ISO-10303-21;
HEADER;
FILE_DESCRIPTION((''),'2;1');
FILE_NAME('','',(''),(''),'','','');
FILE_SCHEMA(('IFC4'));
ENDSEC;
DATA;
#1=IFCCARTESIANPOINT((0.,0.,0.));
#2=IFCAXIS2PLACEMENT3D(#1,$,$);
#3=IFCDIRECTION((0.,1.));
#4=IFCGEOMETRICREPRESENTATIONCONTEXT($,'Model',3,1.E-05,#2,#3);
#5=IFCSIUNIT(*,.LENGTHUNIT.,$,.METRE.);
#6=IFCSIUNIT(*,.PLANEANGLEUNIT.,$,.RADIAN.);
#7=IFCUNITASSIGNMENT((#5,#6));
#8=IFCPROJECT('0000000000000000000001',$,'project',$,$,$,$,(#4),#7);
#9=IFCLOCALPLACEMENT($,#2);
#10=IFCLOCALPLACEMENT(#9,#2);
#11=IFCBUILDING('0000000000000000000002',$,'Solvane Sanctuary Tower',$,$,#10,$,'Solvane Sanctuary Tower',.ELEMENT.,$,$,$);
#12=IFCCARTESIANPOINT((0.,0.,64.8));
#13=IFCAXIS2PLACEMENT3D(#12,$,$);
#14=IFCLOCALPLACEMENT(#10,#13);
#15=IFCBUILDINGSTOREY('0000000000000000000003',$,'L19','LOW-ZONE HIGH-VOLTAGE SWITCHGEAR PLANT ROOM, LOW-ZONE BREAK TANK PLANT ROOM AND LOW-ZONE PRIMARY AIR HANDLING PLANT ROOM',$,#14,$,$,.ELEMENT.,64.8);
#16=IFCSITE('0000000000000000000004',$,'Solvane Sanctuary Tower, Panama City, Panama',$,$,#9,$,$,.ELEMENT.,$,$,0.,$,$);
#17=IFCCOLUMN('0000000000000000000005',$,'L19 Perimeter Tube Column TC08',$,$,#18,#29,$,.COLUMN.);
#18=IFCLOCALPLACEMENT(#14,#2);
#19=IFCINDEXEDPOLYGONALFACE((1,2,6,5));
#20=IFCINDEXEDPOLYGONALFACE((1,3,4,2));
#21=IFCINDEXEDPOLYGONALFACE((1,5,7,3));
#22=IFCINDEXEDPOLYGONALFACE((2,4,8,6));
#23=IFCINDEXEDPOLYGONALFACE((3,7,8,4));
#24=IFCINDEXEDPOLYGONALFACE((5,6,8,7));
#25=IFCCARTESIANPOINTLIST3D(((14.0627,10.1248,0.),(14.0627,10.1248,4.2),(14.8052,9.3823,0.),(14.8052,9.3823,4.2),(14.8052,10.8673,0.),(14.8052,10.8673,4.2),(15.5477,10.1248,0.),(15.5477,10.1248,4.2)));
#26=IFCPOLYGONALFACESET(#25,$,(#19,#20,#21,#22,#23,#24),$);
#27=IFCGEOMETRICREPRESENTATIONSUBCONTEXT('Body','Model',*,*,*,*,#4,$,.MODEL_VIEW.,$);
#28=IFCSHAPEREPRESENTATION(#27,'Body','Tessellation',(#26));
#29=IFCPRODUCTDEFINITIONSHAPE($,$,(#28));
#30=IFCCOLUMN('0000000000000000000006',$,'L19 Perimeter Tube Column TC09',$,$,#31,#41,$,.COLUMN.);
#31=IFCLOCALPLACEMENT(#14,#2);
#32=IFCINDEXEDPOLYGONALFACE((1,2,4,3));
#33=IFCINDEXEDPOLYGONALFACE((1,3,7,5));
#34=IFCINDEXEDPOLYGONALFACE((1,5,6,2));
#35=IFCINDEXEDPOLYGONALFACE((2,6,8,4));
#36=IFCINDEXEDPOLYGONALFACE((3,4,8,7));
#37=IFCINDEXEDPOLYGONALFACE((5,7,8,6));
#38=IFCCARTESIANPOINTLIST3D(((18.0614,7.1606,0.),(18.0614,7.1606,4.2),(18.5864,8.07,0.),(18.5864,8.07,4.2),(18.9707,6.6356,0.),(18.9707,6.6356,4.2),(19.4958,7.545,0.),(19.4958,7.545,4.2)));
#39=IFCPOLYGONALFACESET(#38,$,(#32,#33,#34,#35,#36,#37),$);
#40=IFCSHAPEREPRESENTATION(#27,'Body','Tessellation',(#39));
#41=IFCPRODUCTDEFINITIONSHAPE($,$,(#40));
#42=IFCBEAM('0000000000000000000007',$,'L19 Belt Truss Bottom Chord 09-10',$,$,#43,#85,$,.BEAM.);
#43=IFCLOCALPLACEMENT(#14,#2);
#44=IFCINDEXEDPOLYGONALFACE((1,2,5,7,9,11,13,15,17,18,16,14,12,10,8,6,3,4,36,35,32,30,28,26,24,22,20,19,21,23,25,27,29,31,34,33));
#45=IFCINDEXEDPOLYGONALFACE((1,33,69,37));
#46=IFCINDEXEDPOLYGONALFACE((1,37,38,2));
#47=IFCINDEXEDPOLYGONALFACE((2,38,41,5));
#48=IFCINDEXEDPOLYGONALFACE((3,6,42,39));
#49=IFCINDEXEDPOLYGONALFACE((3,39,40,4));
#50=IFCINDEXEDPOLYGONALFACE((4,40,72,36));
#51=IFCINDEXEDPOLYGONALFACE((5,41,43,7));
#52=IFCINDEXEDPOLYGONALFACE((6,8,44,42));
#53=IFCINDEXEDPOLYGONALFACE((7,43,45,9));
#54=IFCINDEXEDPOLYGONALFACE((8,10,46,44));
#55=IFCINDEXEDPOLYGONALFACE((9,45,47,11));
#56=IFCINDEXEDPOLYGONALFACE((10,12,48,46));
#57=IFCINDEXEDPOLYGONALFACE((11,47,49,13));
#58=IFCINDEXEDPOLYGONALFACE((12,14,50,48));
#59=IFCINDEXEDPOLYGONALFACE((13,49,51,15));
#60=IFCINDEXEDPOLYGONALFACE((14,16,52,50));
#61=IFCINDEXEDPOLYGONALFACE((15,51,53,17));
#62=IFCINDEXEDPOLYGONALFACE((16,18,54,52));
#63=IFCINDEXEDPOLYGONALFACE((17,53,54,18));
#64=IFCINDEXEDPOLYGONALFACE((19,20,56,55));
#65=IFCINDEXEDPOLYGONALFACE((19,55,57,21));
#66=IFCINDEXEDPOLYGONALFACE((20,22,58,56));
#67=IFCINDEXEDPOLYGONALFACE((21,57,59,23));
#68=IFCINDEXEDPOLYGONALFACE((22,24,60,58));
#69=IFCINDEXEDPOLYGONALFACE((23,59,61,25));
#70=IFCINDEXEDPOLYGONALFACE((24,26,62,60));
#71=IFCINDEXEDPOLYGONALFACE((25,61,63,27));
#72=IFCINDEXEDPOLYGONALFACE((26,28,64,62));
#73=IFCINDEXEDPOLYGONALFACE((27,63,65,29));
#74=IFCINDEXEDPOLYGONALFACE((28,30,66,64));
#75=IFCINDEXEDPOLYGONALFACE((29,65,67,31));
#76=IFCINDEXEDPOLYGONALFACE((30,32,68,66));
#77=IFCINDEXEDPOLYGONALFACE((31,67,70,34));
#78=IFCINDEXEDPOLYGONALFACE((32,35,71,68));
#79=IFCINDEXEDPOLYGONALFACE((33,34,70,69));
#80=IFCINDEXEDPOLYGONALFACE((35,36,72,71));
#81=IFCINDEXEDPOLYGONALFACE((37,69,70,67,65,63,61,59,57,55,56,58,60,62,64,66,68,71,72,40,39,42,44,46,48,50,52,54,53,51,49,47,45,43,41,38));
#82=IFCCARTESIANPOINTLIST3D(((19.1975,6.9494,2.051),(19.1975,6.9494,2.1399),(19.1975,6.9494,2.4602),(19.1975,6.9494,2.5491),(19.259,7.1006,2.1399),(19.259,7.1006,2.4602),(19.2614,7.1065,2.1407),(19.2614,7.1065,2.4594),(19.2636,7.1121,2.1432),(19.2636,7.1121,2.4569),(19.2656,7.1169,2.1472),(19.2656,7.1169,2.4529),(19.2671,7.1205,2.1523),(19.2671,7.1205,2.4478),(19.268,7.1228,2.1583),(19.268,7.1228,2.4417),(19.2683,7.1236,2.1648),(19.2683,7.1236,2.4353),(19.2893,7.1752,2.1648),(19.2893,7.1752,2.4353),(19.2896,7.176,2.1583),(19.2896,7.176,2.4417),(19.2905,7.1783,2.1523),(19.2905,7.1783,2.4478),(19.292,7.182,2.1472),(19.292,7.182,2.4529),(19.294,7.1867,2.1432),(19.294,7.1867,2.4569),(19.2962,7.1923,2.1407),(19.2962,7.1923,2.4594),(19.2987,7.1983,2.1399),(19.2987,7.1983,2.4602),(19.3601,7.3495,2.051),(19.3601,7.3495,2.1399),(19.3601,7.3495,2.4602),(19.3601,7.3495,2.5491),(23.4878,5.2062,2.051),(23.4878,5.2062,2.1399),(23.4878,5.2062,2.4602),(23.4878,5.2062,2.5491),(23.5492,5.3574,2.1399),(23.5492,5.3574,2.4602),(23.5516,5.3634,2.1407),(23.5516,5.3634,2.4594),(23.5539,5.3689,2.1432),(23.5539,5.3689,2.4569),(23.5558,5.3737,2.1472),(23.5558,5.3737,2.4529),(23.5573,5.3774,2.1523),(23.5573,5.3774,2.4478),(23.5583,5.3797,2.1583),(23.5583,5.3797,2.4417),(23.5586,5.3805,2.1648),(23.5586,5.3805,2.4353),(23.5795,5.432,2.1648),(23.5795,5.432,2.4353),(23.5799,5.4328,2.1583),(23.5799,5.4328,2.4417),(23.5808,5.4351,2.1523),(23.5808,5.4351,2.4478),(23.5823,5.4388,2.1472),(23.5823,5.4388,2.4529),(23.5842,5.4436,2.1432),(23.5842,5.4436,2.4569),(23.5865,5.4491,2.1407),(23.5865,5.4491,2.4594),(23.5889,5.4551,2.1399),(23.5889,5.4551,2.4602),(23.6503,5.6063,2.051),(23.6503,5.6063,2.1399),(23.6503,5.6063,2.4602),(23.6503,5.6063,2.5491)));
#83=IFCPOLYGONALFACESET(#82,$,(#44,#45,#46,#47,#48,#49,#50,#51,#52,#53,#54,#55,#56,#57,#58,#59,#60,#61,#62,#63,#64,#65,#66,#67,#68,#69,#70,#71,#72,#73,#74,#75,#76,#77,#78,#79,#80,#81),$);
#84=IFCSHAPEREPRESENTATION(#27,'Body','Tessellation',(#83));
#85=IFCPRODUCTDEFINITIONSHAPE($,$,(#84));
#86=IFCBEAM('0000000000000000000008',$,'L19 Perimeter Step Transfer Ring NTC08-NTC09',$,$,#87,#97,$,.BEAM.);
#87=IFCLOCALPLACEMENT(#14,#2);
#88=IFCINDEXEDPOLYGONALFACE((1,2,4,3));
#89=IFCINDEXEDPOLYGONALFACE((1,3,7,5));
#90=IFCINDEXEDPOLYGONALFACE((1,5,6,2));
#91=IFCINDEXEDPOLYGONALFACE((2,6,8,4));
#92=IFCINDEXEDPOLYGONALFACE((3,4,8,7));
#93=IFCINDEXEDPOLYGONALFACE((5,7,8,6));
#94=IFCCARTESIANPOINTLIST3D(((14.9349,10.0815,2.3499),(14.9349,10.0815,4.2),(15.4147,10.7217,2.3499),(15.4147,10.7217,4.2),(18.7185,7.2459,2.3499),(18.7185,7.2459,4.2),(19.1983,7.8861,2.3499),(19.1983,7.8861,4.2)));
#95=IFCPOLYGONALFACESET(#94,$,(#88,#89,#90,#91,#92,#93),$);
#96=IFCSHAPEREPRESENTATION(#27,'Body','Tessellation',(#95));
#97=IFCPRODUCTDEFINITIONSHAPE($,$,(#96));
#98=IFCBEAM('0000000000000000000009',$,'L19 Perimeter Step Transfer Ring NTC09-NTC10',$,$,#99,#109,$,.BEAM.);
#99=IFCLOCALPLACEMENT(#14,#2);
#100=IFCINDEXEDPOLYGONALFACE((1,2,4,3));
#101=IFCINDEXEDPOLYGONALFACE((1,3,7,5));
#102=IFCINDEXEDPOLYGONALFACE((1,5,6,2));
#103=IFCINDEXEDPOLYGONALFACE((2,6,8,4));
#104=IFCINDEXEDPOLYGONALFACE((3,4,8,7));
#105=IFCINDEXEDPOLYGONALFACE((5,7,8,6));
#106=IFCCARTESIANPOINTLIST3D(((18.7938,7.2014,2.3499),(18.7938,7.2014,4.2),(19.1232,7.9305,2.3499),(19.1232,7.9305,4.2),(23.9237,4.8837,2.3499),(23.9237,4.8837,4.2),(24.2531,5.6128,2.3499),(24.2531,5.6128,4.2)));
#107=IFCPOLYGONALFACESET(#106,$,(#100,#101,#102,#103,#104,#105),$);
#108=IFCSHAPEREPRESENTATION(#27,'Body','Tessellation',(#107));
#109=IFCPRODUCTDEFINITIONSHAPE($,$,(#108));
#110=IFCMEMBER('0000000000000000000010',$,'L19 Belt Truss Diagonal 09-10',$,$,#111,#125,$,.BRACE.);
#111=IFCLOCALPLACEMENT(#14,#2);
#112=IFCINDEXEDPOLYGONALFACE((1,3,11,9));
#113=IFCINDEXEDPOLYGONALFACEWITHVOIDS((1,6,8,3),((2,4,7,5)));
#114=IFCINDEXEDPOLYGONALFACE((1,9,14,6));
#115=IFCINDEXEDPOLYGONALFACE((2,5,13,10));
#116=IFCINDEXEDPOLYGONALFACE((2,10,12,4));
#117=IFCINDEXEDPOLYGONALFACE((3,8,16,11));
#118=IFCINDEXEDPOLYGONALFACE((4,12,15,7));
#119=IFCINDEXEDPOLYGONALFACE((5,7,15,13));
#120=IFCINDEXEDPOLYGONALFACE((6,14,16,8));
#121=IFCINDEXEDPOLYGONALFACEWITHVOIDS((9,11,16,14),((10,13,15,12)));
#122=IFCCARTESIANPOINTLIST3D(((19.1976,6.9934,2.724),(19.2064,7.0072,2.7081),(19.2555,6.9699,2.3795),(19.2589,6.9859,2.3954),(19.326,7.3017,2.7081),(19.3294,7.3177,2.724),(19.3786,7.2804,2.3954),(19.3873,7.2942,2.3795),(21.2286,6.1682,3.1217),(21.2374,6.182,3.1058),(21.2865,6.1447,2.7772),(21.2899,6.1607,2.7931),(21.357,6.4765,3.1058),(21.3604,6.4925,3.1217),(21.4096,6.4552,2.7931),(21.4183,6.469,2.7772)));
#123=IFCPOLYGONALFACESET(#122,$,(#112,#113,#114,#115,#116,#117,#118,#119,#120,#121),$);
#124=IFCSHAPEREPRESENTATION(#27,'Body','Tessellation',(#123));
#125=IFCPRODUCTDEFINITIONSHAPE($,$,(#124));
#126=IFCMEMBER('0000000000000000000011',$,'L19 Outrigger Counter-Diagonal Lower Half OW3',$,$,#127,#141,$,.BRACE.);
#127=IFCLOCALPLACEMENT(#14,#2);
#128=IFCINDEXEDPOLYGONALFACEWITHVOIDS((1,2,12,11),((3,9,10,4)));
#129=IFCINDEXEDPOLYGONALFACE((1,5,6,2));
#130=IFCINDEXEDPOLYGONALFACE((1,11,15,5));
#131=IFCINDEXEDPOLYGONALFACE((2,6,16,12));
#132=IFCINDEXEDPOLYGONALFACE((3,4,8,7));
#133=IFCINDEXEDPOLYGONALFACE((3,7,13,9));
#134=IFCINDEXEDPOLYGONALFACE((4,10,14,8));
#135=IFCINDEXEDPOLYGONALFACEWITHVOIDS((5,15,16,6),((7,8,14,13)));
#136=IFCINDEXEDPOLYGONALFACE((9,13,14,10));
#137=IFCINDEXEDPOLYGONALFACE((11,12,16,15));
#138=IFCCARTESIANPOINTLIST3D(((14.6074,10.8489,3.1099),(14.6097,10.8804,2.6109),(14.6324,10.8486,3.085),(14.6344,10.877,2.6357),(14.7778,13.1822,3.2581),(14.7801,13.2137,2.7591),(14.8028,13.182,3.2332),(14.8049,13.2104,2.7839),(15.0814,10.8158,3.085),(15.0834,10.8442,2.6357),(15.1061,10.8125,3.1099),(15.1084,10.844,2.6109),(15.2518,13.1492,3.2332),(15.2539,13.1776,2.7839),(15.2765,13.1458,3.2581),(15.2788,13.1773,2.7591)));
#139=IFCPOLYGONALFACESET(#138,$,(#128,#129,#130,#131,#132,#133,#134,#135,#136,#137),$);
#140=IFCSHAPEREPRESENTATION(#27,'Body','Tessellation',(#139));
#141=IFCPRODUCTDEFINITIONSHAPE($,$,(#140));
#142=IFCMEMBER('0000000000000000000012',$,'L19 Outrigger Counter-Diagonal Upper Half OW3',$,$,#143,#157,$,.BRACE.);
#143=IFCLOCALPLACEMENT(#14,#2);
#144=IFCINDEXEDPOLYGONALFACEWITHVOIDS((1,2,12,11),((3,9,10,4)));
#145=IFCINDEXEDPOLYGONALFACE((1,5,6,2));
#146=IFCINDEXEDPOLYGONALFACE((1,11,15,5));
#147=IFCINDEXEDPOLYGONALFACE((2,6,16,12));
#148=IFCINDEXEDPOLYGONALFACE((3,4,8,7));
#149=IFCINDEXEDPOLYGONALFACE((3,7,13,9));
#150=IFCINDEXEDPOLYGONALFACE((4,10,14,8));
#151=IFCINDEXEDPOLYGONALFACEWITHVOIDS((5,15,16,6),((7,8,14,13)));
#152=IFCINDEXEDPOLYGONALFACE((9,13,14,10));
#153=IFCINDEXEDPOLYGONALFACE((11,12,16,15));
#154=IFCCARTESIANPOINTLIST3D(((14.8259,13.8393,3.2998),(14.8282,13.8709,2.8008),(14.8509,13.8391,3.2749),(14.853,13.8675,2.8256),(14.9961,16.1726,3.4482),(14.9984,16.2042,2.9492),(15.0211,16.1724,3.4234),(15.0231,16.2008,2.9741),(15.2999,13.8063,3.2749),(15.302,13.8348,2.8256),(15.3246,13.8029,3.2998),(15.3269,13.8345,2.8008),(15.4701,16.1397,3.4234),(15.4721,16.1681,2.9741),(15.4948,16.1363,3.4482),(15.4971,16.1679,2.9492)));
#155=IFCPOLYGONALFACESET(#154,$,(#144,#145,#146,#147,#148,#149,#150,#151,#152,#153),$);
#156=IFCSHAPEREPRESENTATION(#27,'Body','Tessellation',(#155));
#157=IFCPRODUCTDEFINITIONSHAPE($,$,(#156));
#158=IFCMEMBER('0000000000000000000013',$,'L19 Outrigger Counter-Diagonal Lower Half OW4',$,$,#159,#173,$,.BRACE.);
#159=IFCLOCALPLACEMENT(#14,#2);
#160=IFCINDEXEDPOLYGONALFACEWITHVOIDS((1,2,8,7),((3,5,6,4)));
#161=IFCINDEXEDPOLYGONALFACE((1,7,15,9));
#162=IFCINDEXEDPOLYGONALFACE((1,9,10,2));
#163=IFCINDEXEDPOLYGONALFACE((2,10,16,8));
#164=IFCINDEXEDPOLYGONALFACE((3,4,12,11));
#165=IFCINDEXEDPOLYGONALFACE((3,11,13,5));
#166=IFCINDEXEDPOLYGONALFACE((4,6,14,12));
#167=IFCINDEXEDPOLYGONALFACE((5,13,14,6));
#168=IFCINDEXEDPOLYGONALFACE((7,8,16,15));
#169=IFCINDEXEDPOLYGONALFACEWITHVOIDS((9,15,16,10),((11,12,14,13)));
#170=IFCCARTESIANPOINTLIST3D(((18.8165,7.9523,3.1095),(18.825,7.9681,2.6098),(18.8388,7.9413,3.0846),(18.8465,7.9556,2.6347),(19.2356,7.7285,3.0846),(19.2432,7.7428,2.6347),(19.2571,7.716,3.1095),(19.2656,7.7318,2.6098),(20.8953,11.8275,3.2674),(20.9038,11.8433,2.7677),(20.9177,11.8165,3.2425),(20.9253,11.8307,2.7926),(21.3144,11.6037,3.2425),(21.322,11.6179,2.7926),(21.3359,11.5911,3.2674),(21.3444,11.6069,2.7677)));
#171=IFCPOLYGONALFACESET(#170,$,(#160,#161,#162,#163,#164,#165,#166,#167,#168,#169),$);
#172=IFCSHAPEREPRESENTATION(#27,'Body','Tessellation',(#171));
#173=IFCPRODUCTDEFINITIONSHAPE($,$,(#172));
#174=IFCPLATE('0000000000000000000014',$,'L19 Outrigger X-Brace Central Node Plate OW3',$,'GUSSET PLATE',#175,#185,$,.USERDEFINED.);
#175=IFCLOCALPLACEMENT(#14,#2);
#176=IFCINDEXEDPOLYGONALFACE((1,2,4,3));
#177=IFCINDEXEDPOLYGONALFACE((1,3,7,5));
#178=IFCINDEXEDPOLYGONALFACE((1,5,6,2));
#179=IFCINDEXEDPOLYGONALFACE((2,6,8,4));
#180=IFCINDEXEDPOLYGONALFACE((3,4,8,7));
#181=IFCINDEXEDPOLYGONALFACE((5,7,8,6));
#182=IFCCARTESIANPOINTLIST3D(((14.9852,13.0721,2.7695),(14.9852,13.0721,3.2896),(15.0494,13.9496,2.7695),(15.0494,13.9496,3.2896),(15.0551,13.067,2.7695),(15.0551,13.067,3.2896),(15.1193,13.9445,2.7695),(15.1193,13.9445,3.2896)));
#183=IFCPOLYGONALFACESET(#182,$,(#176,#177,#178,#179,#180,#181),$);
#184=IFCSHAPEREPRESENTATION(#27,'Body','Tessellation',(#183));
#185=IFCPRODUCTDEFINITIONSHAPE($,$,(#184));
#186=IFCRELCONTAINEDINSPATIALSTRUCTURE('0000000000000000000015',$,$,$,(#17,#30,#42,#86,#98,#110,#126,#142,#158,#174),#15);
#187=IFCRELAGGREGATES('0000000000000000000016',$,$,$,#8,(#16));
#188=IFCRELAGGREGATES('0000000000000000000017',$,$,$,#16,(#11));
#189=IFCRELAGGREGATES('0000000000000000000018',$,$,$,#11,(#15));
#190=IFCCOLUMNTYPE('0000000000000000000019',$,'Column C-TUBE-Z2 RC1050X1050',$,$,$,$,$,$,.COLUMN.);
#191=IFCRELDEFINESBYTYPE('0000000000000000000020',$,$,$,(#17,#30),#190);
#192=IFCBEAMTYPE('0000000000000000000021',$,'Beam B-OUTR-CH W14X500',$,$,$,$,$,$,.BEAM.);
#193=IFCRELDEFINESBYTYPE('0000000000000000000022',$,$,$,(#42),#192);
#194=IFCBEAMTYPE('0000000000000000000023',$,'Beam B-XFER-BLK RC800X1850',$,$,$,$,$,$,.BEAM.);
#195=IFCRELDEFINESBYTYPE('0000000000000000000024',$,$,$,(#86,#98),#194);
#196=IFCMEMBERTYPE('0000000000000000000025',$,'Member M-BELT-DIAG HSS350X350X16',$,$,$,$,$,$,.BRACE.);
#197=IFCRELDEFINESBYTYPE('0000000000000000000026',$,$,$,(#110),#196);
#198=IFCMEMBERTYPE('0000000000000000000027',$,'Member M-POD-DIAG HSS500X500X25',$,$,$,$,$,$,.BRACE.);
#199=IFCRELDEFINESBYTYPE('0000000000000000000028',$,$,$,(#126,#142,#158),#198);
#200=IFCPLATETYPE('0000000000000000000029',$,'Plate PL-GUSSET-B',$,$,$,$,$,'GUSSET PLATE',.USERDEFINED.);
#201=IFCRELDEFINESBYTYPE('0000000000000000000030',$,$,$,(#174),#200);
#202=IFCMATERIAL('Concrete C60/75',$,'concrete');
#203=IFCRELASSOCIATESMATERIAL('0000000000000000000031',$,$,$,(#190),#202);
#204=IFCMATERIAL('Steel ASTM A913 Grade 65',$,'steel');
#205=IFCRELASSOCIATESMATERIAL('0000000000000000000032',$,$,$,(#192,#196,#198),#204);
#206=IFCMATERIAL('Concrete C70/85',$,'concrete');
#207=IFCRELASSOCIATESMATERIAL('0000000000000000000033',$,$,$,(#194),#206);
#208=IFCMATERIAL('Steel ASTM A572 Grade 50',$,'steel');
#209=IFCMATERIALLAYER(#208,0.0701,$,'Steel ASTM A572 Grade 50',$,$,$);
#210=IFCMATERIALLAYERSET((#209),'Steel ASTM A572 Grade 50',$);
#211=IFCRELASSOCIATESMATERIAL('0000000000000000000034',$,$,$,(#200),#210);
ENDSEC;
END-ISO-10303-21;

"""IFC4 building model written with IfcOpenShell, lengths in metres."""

from ifc_helpers import new_model, si_unit, direction, frame, origin, origin_2d, place, context, subcontext, project, spatial, rectangle, hollow_rectangle, i_section, extrude, material, layer, layer_set, material_profile, profile_set, type_object, element, save


model = new_model("IFC4")

# Units and contexts
model_context = context("Model", 3, precision=1e-05, world=origin(), true_north=direction((0.0, 1.0)))
body_context = subcontext(model_context, "Body", "Model", "MODEL_VIEW")
ifc_project = project(units=[si_unit("LENGTHUNIT", "METRE"), si_unit("PLANEANGLEUNIT", "RADIAN")], contexts=[model_context])

# Site, building, storey
site_placement = place(None, origin())
site = spatial("IfcSite", under=ifc_project, at=site_placement, Name="Solvane Sanctuary Tower, Panama City, Panama", CompositionType="ELEMENT", RefElevation=0.0)
building_placement = place(site_placement, origin())
building = spatial("IfcBuilding", under=site, at=building_placement, Name="Solvane Sanctuary Tower", LongName="Solvane Sanctuary Tower", CompositionType="ELEMENT")
storey_placement = place(building_placement, frame((0.0, 0.0, 64.8)))
storey = spatial("IfcBuildingStorey", under=building, at=storey_placement, Name="L19", Description="LOW-ZONE HIGH-VOLTAGE SWITCHGEAR PLANT ROOM, LOW-ZONE BREAK TANK PLANT ROOM AND LOW-ZONE PRIMARY AIR HANDLING PLANT ROOM", CompositionType="ELEMENT", Elevation=64.8)

# Columns
ifc_material_1 = material(Name="Concrete C60/75", Category="concrete")
ifc_material_profile_1 = material_profile(ifc_material_1, rectangle(XDim=1.05, YDim=1.05, at=origin_2d()), Name="RC1050X1050")
ifc_profile_set_1 = profile_set([ifc_material_profile_1], Name="Concrete C60/75")
column_type = type_object("IfcColumnType", Name="Column C-TUBE-Z2 RC1050X1050", PredefinedType="COLUMN", material=ifc_profile_set_1)
for number, where, z_axis, x_axis, name in (
    (1, (14.8052, 10.1248, 0.0), (0.0, 0.0, 1.0), (-0.707107, -0.707107, 0.0), "L19 Perimeter Tube Column TC08"),
    (2, (18.7786, 7.3528, 0.0), (0.0, 0.0, 1.0), (-0.5, -0.866025, 0.0), "L19 Perimeter Tube Column TC09"),
):
    element("IfcColumn", number, at=place(storey_placement, frame(where, z_axis=z_axis, x_axis=x_axis)), inside=storey, type_object=column_type, Name=name, PredefinedType="COLUMN", context=body_context, shape_type="SweptSolid", body=[
        extrude(rectangle(XDim=1.05, YDim=1.05, at=origin_2d()), origin(), (0.0, 0.0, 1.0), 4.2),
    ])

# Beams
ifc_material_2 = material(Name="Steel ASTM A913 Grade 65", Category="steel")
ifc_material_profile_2 = material_profile(ifc_material_2, i_section(OverallWidth=0.4319, OverallDepth=0.498, WebThickness=0.0557, FlangeThickness=0.0889, FilletRadius=0.0249, at=origin_2d()), Name="W14X500")
ifc_profile_set_2 = profile_set([ifc_material_profile_2], Name="Steel ASTM A913 Grade 65")
beam_type_1 = type_object("IfcBeamType", Name="Beam B-OUTR-CH W14X500", PredefinedType="BEAM", material=ifc_profile_set_2)
beam_1_placement = place(storey_placement, frame((19.2788, 7.1494, 2.3), z_axis=(0.926449, -0.376421, 0.0), x_axis=(0.376421, 0.926449, 0.0)))
element("IfcBeam", 3, at=beam_1_placement, inside=storey, type_object=beam_type_1, Name="L19 Belt Truss Bottom Chord 09-10", PredefinedType="BEAM", context=body_context, shape_type="SweptSolid", body=[
    extrude(i_section(OverallWidth=0.4319, OverallDepth=0.498, WebThickness=0.0557, FlangeThickness=0.0889, FilletRadius=0.0249, at=origin_2d()), origin(), (0.0, 0.0, 1.0), 4.6309),
])
ifc_material_3 = material(Name="Concrete C70/85", Category="concrete")
ifc_material_profile_3 = material_profile(ifc_material_3, rectangle(XDim=0.8, YDim=1.8501, at=origin_2d()), Name="RC800X1850")
ifc_profile_set_3 = profile_set([ifc_material_profile_3], Name="Concrete C70/85")
beam_type_2 = type_object("IfcBeamType", Name="Beam B-XFER-BLK RC800X1850", PredefinedType="BEAM", material=ifc_profile_set_3)
beam_2_placement = place(storey_placement, frame((15.1748, 10.4016, 3.2749), z_axis=(0.800211, -0.599719, 0.0), x_axis=(0.599719, 0.800211, 0.0)))
element("IfcBeam", 4, at=beam_2_placement, inside=storey, type_object=beam_type_2, Name="L19 Perimeter Step Transfer Ring NTC08-NTC09", PredefinedType="BEAM", context=body_context, shape_type="SweptSolid", body=[
    extrude(rectangle(XDim=0.8, YDim=1.8501, at=origin_2d()), origin(), (0.0, 0.0, 1.0), 4.7283),
])
beam_3_placement = place(storey_placement, frame((18.9585, 7.5659, 3.2749), z_axis=(0.91131, -0.41172, 0.0), x_axis=(0.41172, 0.91131, 0.0)))
element("IfcBeam", 5, at=beam_3_placement, inside=storey, type_object=beam_type_2, Name="L19 Perimeter Step Transfer Ring NTC09-NTC10", PredefinedType="BEAM", context=body_context, shape_type="SweptSolid", body=[
    extrude(rectangle(XDim=0.8, YDim=1.8501, at=origin_2d()), origin(), (0.0, 0.0, 1.0), 5.6292),
])

# Members
ifc_material_profile_4 = material_profile(ifc_material_2, hollow_rectangle(XDim=0.3501, YDim=0.3501, WallThickness=0.0161, at=origin_2d()), Name="HSS350X350X16")
ifc_profile_set_4 = profile_set([ifc_material_profile_4], Name="Steel ASTM A913 Grade 65")
member_type_1 = type_object("IfcMemberType", Name="Member M-BELT-DIAG HSS350X350X16", PredefinedType="BRACE", material=ifc_profile_set_4)
member_1_placement = place(storey_placement, frame((19.2925, 7.1438, 2.5518), z_axis=(0.911572, -0.370371, 0.178501), x_axis=(0.376416, 0.926451, 0.0)))
element("IfcMember", 6, at=member_1_placement, inside=storey, type_object=member_type_1, Name="L19 Belt Truss Diagonal 09-10", PredefinedType="BRACE", context=body_context, shape_type="SweptSolid", body=[
    extrude(hollow_rectangle(XDim=0.3501, YDim=0.3501, WallThickness=0.0161, at=origin_2d()), origin(), (0.0, 0.0, 1.0), 2.228),
])
ifc_material_profile_5 = material_profile(ifc_material_2, hollow_rectangle(XDim=0.5, YDim=0.5, WallThickness=0.0249, at=origin_2d()), Name="HSS500X500X25")
ifc_profile_set_5 = profile_set([ifc_material_profile_5], Name="Steel ASTM A913 Grade 65")
member_type_2 = type_object("IfcMemberType", Name="Member M-POD-DIAG HSS500X500X25", PredefinedType="BRACE", material=ifc_profile_set_5)
for number, where, z_axis, x_axis, name in (
    (7, (14.8579, 10.8464, 2.8604), (0.072696, 0.995349, 0.063218), (-0.997344, 0.072841, 0.0), "L19 Outrigger Counter-Diagonal Lower Half OW3"),
    (8, (15.0764, 13.8369, 3.0503), (0.072592, 0.99535, 0.063322), (-0.997351, 0.072738, 0.0), "L19 Outrigger Counter-Diagonal Upper Half OW3"),
):
    element("IfcMember", number, at=place(storey_placement, frame(where, z_axis=z_axis, x_axis=x_axis)), inside=storey, type_object=member_type_2, Name=name, PredefinedType="BRACE", context=body_context, shape_type="SweptSolid", body=[
        extrude(hollow_rectangle(XDim=0.5, YDim=0.5, WallThickness=0.0249, at=origin_2d()), origin(), (0.0, 0.0, 1.0), 2.3442),
    ])
member_2_placement = place(storey_placement, frame((19.041, 7.842, 2.8596), z_axis=(0.472417, 0.880644, 0.035896), x_axis=(-0.881212, 0.472722, 0.0)))
element("IfcMember", 9, at=member_2_placement, inside=storey, type_object=member_type_2, Name="L19 Outrigger Counter-Diagonal Lower Half OW4", PredefinedType="BRACE", context=body_context, shape_type="SweptSolid", body=[
    extrude(hollow_rectangle(XDim=0.5, YDim=0.5, WallThickness=0.0249, at=origin_2d()), origin(), (0.0, 0.0, 1.0), 4.4004),
])

# Plate
ifc_material_4 = material(Name="Steel ASTM A572 Grade 50", Category="steel")
ifc_layer_1 = layer(ifc_material_4, 0.0701, Name="Steel ASTM A572 Grade 50")
ifc_layer_set_1 = layer_set([ifc_layer_1], Name="Steel ASTM A572 Grade 50")
plate_type = type_object("IfcPlateType", Name="Plate PL-GUSSET-B", ElementType="GUSSET PLATE", PredefinedType="USERDEFINED", material=ifc_layer_set_1)
plate_placement = place(storey_placement, frame((15.0522, 13.5083, 2.7695), z_axis=(0.0, 0.0, 1.0), x_axis=(-0.07289, -0.99734, 0.0)))
element("IfcPlate", 10, at=plate_placement, inside=storey, type_object=plate_type, Name="L19 Outrigger X-Brace Central Node Plate OW3", ObjectType="GUSSET PLATE", PredefinedType="USERDEFINED", context=body_context, shape_type="SweptSolid", body=[
    extrude(rectangle(XDim=0.8799, YDim=0.0701, at=origin_2d()), origin(), (0.0, 0.0, 1.0), 0.52),
])

save(model, "model.ifc")
